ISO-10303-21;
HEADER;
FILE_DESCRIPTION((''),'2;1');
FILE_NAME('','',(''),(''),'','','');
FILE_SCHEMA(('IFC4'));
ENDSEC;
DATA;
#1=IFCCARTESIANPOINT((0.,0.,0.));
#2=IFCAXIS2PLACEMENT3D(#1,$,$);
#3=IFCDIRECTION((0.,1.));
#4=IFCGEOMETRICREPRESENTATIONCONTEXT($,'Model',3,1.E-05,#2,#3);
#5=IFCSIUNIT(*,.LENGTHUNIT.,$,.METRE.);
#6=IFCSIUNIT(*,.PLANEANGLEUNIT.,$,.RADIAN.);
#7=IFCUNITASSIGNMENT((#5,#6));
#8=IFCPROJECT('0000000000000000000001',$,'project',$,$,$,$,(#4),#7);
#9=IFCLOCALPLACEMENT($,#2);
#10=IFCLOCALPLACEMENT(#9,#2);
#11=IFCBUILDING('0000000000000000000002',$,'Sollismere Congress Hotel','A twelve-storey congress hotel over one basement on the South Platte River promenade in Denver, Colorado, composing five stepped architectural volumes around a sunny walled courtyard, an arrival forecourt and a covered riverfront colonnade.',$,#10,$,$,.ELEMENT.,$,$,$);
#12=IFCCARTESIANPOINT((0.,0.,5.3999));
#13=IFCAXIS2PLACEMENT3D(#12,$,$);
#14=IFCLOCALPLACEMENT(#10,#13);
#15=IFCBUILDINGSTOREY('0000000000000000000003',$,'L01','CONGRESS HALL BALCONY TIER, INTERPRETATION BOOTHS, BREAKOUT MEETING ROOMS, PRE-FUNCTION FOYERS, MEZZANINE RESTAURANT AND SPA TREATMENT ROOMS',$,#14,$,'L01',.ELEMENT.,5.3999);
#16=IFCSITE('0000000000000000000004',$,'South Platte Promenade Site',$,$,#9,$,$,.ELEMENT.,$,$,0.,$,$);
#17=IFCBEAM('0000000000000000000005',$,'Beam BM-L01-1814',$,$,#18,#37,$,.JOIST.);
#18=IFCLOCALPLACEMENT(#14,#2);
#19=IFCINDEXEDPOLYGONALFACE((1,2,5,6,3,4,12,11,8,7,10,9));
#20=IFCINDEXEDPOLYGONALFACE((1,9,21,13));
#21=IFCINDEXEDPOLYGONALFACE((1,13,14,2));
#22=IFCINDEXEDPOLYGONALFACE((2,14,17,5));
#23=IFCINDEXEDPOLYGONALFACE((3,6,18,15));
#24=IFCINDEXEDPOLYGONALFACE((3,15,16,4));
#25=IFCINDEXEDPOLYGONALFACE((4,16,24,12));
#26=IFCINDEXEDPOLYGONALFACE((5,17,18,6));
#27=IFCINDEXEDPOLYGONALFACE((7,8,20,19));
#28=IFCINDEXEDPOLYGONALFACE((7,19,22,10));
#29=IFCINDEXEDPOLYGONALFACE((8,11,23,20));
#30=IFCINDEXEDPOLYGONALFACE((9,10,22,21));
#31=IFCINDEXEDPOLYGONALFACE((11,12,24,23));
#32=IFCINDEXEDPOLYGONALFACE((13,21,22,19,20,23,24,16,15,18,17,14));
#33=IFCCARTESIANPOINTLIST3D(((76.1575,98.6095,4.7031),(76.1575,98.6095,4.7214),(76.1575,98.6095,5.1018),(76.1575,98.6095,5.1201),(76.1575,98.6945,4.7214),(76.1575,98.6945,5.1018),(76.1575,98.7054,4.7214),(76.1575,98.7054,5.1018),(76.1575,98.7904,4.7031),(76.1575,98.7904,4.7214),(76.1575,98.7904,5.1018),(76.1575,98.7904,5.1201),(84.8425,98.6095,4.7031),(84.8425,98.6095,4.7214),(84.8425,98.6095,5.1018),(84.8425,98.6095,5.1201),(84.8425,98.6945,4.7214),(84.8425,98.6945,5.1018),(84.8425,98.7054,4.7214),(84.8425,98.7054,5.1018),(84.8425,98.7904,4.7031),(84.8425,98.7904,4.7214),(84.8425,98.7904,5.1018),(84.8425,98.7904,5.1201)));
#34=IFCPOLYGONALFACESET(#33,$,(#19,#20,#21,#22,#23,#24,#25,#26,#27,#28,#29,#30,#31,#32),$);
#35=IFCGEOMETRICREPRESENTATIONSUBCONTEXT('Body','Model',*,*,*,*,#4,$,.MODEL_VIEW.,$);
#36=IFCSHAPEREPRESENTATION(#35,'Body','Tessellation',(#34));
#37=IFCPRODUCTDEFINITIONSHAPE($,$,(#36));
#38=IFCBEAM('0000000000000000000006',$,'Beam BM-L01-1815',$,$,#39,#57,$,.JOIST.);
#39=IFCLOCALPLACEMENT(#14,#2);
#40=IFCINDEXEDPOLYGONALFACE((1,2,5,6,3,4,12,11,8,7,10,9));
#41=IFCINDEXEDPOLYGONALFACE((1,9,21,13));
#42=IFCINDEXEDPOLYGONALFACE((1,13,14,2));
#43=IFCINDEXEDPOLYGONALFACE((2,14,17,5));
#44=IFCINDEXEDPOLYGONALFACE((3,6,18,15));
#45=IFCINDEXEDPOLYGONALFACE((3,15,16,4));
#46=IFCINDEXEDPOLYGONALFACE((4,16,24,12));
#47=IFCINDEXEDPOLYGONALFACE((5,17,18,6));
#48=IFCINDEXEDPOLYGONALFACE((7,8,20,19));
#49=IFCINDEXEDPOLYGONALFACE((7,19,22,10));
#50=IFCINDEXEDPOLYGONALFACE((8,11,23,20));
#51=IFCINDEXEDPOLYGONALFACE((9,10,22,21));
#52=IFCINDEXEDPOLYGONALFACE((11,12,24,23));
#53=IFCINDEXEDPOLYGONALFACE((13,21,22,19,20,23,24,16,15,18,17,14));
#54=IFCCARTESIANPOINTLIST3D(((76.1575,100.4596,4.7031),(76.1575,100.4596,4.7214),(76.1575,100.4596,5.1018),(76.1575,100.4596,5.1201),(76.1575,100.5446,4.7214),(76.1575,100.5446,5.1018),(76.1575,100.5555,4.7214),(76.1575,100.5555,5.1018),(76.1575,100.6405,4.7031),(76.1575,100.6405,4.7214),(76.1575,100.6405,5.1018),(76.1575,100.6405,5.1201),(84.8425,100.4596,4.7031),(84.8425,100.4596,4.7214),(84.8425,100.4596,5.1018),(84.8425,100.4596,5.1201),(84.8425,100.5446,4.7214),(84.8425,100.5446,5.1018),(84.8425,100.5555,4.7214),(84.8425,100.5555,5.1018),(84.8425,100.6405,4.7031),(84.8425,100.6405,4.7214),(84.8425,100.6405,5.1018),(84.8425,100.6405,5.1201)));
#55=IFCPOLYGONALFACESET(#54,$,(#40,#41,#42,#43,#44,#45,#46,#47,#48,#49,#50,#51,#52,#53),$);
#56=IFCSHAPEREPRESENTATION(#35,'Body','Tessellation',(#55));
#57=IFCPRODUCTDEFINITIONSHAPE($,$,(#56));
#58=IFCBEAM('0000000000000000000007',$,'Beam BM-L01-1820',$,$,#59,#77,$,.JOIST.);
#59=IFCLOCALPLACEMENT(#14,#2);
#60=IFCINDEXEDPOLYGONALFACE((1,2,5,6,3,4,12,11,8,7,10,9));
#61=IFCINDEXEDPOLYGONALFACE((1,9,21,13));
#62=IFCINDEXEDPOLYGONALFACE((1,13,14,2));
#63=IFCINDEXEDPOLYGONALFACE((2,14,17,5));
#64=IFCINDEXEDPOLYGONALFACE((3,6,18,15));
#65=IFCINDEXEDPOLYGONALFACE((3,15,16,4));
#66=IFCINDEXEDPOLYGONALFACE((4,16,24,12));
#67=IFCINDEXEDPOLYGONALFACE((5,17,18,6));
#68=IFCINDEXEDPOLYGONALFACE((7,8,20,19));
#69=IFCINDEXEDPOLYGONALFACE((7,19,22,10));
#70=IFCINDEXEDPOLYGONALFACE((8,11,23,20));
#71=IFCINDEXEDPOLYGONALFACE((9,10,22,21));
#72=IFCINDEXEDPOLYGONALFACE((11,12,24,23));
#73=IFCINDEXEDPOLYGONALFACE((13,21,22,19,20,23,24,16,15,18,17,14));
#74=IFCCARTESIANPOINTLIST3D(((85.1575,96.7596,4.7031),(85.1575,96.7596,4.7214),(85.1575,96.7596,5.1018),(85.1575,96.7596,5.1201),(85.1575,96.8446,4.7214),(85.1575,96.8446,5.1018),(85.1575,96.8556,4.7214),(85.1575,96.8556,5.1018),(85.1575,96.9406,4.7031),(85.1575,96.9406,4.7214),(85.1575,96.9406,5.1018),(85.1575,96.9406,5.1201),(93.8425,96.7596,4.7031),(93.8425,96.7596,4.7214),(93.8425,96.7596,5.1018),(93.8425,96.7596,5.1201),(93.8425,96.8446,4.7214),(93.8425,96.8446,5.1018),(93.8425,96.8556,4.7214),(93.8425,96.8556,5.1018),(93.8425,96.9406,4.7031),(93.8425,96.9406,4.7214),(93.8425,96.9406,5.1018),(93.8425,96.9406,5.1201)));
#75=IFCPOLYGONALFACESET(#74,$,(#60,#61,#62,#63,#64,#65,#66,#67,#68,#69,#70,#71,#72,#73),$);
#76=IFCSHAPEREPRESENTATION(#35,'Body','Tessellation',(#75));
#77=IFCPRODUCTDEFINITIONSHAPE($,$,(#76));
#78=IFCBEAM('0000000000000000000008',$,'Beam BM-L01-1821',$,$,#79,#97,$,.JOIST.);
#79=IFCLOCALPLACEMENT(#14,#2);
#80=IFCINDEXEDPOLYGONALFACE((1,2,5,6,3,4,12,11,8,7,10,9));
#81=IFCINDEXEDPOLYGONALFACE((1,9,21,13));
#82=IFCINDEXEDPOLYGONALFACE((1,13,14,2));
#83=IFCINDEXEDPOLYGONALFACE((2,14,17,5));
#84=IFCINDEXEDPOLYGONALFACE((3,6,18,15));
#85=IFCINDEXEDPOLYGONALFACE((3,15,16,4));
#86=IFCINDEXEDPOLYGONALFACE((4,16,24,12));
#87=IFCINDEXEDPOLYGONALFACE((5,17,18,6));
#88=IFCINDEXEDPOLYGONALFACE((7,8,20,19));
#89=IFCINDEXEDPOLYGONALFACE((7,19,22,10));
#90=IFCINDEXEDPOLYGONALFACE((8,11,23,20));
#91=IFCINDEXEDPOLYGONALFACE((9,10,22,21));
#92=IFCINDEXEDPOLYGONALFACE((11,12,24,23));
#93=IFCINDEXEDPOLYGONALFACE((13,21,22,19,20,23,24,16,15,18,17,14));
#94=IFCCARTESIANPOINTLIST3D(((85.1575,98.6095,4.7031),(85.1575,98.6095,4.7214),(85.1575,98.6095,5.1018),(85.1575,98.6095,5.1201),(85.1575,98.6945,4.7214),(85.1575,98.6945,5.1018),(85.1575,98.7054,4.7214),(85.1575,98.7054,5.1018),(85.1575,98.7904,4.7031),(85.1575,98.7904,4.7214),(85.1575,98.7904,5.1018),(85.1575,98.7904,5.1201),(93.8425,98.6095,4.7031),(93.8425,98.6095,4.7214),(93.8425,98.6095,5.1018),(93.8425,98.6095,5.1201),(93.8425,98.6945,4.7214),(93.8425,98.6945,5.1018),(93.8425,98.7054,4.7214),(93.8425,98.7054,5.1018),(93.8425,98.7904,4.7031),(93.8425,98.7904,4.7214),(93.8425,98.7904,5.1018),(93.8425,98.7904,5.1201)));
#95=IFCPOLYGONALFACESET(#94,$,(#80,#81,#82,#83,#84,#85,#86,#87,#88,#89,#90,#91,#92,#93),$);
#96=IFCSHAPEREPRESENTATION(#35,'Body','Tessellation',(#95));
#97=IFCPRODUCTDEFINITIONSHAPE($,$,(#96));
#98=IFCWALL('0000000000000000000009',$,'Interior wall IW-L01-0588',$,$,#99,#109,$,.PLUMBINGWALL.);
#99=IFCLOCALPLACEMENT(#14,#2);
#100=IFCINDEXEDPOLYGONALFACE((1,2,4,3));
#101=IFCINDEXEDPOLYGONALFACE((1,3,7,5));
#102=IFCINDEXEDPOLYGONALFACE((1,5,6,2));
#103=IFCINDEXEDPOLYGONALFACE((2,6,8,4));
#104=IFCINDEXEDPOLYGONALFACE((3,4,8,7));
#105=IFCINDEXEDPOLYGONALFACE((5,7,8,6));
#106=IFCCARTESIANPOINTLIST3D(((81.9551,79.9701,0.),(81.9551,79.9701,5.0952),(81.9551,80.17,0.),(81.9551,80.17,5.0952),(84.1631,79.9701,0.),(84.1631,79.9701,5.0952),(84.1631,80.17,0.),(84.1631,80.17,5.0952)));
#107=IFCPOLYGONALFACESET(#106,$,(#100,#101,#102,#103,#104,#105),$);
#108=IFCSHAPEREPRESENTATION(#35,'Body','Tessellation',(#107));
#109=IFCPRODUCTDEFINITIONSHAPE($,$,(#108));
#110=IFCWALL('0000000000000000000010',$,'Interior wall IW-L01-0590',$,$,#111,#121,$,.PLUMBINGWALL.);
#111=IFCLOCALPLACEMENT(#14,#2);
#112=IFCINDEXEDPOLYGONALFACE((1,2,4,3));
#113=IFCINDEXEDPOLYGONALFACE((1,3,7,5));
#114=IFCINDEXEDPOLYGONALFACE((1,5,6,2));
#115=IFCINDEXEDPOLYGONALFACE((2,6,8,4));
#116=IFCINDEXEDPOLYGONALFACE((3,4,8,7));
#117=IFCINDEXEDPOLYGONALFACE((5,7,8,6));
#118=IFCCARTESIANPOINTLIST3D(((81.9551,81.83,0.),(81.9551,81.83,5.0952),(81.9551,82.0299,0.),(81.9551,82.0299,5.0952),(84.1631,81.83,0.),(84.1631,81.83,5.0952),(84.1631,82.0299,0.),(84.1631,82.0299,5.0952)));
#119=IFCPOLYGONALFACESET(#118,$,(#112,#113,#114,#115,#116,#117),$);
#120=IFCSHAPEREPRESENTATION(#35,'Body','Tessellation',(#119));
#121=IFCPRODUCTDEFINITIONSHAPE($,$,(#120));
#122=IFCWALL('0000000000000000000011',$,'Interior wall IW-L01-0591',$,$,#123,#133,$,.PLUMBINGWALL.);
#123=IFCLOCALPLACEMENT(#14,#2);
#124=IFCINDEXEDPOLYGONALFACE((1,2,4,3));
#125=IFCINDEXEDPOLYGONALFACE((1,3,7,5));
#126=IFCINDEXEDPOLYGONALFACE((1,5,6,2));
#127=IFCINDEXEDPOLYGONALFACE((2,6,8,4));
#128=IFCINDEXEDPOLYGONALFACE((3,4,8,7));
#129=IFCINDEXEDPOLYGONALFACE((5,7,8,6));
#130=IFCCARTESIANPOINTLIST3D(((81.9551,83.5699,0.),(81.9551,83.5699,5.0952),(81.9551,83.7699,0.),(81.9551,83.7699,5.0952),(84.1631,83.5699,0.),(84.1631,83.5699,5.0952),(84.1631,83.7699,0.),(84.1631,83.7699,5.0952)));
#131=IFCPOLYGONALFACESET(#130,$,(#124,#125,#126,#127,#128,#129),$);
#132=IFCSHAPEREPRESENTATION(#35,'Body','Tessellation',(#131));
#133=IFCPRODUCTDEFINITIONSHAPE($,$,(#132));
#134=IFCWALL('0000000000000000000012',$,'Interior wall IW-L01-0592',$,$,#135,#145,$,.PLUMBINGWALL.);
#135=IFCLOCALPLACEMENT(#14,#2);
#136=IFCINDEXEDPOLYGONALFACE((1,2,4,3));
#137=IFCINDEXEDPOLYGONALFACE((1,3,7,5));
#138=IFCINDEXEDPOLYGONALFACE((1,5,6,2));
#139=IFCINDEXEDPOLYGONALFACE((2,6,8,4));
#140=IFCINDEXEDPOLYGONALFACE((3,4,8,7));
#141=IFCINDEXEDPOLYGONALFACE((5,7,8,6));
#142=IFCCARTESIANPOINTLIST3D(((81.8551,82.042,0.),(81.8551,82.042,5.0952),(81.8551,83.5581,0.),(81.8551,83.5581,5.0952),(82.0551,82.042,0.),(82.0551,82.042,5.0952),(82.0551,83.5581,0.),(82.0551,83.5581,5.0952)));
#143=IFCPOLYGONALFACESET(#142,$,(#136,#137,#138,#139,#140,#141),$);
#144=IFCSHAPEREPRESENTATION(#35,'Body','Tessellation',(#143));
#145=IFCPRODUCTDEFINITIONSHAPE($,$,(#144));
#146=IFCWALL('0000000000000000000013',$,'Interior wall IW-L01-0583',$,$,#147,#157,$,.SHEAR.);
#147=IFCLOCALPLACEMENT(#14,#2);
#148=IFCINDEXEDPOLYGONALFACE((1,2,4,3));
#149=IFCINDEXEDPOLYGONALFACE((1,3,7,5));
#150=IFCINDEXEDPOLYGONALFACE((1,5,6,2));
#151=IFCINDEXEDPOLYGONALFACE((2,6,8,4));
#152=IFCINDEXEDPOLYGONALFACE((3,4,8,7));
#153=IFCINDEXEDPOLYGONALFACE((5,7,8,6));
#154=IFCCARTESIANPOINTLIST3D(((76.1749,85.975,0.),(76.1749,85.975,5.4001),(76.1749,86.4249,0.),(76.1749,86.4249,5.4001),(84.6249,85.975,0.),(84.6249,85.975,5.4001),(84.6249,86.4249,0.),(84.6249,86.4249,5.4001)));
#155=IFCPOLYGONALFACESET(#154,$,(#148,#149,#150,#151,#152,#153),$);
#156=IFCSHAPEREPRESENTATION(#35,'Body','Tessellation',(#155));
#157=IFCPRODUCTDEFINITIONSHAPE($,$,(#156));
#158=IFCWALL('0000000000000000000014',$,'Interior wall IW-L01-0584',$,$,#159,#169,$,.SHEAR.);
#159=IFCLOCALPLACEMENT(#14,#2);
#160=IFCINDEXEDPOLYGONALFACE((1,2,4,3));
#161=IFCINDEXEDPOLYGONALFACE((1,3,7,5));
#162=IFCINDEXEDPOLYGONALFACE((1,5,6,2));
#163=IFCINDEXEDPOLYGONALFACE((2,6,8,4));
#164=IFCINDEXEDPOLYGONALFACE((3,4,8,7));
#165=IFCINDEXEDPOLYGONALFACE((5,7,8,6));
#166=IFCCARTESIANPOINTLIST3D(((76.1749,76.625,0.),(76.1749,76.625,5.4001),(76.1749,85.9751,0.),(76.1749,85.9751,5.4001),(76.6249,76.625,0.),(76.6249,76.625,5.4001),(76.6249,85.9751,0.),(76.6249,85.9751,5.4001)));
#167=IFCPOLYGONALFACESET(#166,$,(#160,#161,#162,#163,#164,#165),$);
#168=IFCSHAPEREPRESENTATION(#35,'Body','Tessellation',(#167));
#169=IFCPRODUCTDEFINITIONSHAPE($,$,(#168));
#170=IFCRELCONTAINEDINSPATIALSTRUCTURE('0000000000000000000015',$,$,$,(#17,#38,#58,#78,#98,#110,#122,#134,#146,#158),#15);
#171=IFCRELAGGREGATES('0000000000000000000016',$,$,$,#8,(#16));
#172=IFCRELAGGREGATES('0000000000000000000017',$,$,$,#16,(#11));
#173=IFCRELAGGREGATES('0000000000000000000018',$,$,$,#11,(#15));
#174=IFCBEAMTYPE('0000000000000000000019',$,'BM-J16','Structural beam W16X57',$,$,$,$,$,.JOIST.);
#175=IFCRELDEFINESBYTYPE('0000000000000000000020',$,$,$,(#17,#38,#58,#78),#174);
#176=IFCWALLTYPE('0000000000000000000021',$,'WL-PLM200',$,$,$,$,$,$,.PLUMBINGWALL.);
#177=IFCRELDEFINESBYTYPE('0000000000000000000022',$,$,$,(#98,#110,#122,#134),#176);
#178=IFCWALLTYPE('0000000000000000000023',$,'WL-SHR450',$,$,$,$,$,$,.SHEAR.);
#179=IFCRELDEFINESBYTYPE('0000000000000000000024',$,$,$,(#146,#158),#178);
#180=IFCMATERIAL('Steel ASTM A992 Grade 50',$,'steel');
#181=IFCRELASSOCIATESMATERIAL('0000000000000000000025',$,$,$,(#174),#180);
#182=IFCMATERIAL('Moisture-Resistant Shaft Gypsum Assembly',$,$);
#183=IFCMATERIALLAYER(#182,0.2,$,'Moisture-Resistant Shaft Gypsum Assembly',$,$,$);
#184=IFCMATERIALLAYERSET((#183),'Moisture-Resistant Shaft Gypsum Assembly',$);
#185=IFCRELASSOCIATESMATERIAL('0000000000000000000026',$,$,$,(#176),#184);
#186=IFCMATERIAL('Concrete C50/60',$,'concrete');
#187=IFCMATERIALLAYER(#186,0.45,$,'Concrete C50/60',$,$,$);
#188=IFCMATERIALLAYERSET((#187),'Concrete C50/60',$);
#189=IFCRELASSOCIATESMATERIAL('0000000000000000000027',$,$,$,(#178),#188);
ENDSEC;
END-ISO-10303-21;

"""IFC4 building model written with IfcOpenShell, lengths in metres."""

from ifc_helpers import new_model, si_unit, direction, frame, frame_2d, origin, origin_2d, place, context, subcontext, project, spatial, rectangle, i_section, extrude, material, layer, layer_set, material_profile, profile_set, type_object, element, save


model = new_model("IFC4")

# Units and contexts
model_context = context("Model", 3, precision=1e-05, world=origin(), true_north=direction((0.0, 1.0)))
body_context = subcontext(model_context, "Body", "Model", "MODEL_VIEW")
ifc_project = project(units=[si_unit("LENGTHUNIT", "METRE"), si_unit("PLANEANGLEUNIT", "RADIAN")], contexts=[model_context])

# Site, building, storey
site_placement = place(None, origin())
site = spatial("IfcSite", under=ifc_project, at=site_placement, Name="South Platte Promenade Site", CompositionType="ELEMENT", RefElevation=0.0)
building_placement = place(site_placement, origin())
building = spatial("IfcBuilding", under=site, at=building_placement, Name="Sollismere Congress Hotel", Description="A twelve-storey congress hotel over one basement on the South Platte River promenade in Denver, Colorado, composing five stepped architectural volumes around a sunny walled courtyard, an arrival forecourt and a covered riverfront colonnade.", CompositionType="ELEMENT")
storey_placement = place(building_placement, frame((0.0, 0.0, 5.3999)))
storey = spatial("IfcBuildingStorey", under=building, at=storey_placement, Name="L01", Description="CONGRESS HALL BALCONY TIER, INTERPRETATION BOOTHS, BREAKOUT MEETING ROOMS, PRE-FUNCTION FOYERS, MEZZANINE RESTAURANT AND SPA TREATMENT ROOMS", LongName="L01", CompositionType="ELEMENT", Elevation=5.3999)

# Shared definitions
ifc_material_1 = material(Name="Steel ASTM A992 Grade 50", Category="steel")

# Beams
ifc_material_profile_1 = material_profile(ifc_material_1, i_section(OverallWidth=0.1809, OverallDepth=0.417, WebThickness=0.011, FlangeThickness=0.0183, at=origin_2d()), Name="W16X57")
ifc_profile_set_1 = profile_set([ifc_material_profile_1], Name="Steel ASTM A992 Grade 50")
beam_type_1 = type_object("IfcBeamType", Name="BM-J16", Description="Structural beam W16X57", PredefinedType="JOIST", material=ifc_profile_set_1)
for number, where, z_axis, x_axis, name in (
    (1, (76.1575, 98.7, 4.9116), (1.0, 0.0, 0.0), (0.0, 1.0, 0.0), "Beam BM-L01-1814"),
    (2, (76.1575, 100.55, 4.9116), (1.0, 0.0, 0.0), (0.0, 1.0, 0.0), "Beam BM-L01-1815"),
    (3, (85.1575, 96.8501, 4.9116), (1.0, 0.0, 0.0), (0.0, 1.0, 0.0), "Beam BM-L01-1820"),
    (4, (85.1575, 98.7, 4.9116), (1.0, 0.0, 0.0), (0.0, 1.0, 0.0), "Beam BM-L01-1821"),
):
    element("IfcBeam", number, at=place(storey_placement, frame(where, z_axis=z_axis, x_axis=x_axis)), inside=storey, type_object=beam_type_1, Name=name, PredefinedType="JOIST", context=body_context, shape_type="SweptSolid", body=[
        extrude(i_section(OverallWidth=0.1809, OverallDepth=0.417, WebThickness=0.011, FlangeThickness=0.0183, at=origin_2d()), origin(), (0.0, 0.0, 1.0), 8.6851),
    ])

# Walls
ifc_material_2 = material(Name="Moisture-Resistant Shaft Gypsum Assembly")
ifc_layer_1 = layer(ifc_material_2, 0.2, Name="Moisture-Resistant Shaft Gypsum Assembly")
ifc_layer_set_1 = layer_set([ifc_layer_1], Name="Moisture-Resistant Shaft Gypsum Assembly")
wall_type_1 = type_object("IfcWallType", Name="WL-PLM200", PredefinedType="PLUMBINGWALL", material=ifc_layer_set_1)
for number, where, z_axis, x_axis, name in (
    (5, (81.9551, 80.0701, 0.0), (0.0, 0.0, 1.0), (1.0, 0.0, 0.0), "Interior wall IW-L01-0588"),
    (6, (81.9551, 81.9299, 0.0), (0.0, 0.0, 1.0), (1.0, 0.0, 0.0), "Interior wall IW-L01-0590"),
    (7, (81.9551, 83.6699, 0.0), (0.0, 0.0, 1.0), (1.0, 0.0, 0.0), "Interior wall IW-L01-0591"),
):
    element("IfcWall", number, at=place(storey_placement, frame(where, z_axis=z_axis, x_axis=x_axis)), inside=storey, type_object=wall_type_1, Name=name, PredefinedType="PLUMBINGWALL", context=body_context, shape_type="SweptSolid", body=[
        extrude(rectangle(XDim=2.208, YDim=0.2, at=frame_2d((1.104, 0.0))), origin(), (0.0, 0.0, 1.0), 5.0952),
    ])
wall_1_placement = place(storey_placement, frame((81.9551, 82.042, 0.0), z_axis=(0.0, 0.0, 1.0), x_axis=(0.0, 1.0, 0.0)))
element("IfcWall", 8, at=wall_1_placement, inside=storey, type_object=wall_type_1, Name="Interior wall IW-L01-0592", PredefinedType="PLUMBINGWALL", context=body_context, shape_type="SweptSolid", body=[
    extrude(rectangle(XDim=1.5161, YDim=0.2, at=frame_2d((0.7581, 0.0))), origin(), (0.0, 0.0, 1.0), 5.0952),
])
ifc_material_3 = material(Name="Concrete C50/60", Category="concrete")
ifc_layer_2 = layer(ifc_material_3, 0.45, Name="Concrete C50/60")
ifc_layer_set_2 = layer_set([ifc_layer_2], Name="Concrete C50/60")
wall_type_2 = type_object("IfcWallType", Name="WL-SHR450", PredefinedType="SHEAR", material=ifc_layer_set_2)
wall_2_placement = place(storey_placement, frame((84.625, 86.2, 0.0), z_axis=(0.0, 0.0, 1.0), x_axis=(-1.0, 0.0, 0.0)))
element("IfcWall", 9, at=wall_2_placement, inside=storey, type_object=wall_type_2, Name="Interior wall IW-L01-0583", PredefinedType="SHEAR", context=body_context, shape_type="SweptSolid", body=[
    extrude(rectangle(XDim=8.45, YDim=0.45, at=frame_2d((4.2251, 0.0))), origin(), (0.0, 0.0, 1.0), 5.4001),
])
wall_3_placement = place(storey_placement, frame((76.3999, 85.9751, 0.0), z_axis=(0.0, 0.0, 1.0), x_axis=(0.0, -1.0, 0.0)))
element("IfcWall", 10, at=wall_3_placement, inside=storey, type_object=wall_type_2, Name="Interior wall IW-L01-0584", PredefinedType="SHEAR", context=body_context, shape_type="SweptSolid", body=[
    extrude(rectangle(XDim=9.3501, YDim=0.45, at=frame_2d((4.675, 0.0))), origin(), (0.0, 0.0, 1.0), 5.4001),
])

save(model, "model.ifc")
